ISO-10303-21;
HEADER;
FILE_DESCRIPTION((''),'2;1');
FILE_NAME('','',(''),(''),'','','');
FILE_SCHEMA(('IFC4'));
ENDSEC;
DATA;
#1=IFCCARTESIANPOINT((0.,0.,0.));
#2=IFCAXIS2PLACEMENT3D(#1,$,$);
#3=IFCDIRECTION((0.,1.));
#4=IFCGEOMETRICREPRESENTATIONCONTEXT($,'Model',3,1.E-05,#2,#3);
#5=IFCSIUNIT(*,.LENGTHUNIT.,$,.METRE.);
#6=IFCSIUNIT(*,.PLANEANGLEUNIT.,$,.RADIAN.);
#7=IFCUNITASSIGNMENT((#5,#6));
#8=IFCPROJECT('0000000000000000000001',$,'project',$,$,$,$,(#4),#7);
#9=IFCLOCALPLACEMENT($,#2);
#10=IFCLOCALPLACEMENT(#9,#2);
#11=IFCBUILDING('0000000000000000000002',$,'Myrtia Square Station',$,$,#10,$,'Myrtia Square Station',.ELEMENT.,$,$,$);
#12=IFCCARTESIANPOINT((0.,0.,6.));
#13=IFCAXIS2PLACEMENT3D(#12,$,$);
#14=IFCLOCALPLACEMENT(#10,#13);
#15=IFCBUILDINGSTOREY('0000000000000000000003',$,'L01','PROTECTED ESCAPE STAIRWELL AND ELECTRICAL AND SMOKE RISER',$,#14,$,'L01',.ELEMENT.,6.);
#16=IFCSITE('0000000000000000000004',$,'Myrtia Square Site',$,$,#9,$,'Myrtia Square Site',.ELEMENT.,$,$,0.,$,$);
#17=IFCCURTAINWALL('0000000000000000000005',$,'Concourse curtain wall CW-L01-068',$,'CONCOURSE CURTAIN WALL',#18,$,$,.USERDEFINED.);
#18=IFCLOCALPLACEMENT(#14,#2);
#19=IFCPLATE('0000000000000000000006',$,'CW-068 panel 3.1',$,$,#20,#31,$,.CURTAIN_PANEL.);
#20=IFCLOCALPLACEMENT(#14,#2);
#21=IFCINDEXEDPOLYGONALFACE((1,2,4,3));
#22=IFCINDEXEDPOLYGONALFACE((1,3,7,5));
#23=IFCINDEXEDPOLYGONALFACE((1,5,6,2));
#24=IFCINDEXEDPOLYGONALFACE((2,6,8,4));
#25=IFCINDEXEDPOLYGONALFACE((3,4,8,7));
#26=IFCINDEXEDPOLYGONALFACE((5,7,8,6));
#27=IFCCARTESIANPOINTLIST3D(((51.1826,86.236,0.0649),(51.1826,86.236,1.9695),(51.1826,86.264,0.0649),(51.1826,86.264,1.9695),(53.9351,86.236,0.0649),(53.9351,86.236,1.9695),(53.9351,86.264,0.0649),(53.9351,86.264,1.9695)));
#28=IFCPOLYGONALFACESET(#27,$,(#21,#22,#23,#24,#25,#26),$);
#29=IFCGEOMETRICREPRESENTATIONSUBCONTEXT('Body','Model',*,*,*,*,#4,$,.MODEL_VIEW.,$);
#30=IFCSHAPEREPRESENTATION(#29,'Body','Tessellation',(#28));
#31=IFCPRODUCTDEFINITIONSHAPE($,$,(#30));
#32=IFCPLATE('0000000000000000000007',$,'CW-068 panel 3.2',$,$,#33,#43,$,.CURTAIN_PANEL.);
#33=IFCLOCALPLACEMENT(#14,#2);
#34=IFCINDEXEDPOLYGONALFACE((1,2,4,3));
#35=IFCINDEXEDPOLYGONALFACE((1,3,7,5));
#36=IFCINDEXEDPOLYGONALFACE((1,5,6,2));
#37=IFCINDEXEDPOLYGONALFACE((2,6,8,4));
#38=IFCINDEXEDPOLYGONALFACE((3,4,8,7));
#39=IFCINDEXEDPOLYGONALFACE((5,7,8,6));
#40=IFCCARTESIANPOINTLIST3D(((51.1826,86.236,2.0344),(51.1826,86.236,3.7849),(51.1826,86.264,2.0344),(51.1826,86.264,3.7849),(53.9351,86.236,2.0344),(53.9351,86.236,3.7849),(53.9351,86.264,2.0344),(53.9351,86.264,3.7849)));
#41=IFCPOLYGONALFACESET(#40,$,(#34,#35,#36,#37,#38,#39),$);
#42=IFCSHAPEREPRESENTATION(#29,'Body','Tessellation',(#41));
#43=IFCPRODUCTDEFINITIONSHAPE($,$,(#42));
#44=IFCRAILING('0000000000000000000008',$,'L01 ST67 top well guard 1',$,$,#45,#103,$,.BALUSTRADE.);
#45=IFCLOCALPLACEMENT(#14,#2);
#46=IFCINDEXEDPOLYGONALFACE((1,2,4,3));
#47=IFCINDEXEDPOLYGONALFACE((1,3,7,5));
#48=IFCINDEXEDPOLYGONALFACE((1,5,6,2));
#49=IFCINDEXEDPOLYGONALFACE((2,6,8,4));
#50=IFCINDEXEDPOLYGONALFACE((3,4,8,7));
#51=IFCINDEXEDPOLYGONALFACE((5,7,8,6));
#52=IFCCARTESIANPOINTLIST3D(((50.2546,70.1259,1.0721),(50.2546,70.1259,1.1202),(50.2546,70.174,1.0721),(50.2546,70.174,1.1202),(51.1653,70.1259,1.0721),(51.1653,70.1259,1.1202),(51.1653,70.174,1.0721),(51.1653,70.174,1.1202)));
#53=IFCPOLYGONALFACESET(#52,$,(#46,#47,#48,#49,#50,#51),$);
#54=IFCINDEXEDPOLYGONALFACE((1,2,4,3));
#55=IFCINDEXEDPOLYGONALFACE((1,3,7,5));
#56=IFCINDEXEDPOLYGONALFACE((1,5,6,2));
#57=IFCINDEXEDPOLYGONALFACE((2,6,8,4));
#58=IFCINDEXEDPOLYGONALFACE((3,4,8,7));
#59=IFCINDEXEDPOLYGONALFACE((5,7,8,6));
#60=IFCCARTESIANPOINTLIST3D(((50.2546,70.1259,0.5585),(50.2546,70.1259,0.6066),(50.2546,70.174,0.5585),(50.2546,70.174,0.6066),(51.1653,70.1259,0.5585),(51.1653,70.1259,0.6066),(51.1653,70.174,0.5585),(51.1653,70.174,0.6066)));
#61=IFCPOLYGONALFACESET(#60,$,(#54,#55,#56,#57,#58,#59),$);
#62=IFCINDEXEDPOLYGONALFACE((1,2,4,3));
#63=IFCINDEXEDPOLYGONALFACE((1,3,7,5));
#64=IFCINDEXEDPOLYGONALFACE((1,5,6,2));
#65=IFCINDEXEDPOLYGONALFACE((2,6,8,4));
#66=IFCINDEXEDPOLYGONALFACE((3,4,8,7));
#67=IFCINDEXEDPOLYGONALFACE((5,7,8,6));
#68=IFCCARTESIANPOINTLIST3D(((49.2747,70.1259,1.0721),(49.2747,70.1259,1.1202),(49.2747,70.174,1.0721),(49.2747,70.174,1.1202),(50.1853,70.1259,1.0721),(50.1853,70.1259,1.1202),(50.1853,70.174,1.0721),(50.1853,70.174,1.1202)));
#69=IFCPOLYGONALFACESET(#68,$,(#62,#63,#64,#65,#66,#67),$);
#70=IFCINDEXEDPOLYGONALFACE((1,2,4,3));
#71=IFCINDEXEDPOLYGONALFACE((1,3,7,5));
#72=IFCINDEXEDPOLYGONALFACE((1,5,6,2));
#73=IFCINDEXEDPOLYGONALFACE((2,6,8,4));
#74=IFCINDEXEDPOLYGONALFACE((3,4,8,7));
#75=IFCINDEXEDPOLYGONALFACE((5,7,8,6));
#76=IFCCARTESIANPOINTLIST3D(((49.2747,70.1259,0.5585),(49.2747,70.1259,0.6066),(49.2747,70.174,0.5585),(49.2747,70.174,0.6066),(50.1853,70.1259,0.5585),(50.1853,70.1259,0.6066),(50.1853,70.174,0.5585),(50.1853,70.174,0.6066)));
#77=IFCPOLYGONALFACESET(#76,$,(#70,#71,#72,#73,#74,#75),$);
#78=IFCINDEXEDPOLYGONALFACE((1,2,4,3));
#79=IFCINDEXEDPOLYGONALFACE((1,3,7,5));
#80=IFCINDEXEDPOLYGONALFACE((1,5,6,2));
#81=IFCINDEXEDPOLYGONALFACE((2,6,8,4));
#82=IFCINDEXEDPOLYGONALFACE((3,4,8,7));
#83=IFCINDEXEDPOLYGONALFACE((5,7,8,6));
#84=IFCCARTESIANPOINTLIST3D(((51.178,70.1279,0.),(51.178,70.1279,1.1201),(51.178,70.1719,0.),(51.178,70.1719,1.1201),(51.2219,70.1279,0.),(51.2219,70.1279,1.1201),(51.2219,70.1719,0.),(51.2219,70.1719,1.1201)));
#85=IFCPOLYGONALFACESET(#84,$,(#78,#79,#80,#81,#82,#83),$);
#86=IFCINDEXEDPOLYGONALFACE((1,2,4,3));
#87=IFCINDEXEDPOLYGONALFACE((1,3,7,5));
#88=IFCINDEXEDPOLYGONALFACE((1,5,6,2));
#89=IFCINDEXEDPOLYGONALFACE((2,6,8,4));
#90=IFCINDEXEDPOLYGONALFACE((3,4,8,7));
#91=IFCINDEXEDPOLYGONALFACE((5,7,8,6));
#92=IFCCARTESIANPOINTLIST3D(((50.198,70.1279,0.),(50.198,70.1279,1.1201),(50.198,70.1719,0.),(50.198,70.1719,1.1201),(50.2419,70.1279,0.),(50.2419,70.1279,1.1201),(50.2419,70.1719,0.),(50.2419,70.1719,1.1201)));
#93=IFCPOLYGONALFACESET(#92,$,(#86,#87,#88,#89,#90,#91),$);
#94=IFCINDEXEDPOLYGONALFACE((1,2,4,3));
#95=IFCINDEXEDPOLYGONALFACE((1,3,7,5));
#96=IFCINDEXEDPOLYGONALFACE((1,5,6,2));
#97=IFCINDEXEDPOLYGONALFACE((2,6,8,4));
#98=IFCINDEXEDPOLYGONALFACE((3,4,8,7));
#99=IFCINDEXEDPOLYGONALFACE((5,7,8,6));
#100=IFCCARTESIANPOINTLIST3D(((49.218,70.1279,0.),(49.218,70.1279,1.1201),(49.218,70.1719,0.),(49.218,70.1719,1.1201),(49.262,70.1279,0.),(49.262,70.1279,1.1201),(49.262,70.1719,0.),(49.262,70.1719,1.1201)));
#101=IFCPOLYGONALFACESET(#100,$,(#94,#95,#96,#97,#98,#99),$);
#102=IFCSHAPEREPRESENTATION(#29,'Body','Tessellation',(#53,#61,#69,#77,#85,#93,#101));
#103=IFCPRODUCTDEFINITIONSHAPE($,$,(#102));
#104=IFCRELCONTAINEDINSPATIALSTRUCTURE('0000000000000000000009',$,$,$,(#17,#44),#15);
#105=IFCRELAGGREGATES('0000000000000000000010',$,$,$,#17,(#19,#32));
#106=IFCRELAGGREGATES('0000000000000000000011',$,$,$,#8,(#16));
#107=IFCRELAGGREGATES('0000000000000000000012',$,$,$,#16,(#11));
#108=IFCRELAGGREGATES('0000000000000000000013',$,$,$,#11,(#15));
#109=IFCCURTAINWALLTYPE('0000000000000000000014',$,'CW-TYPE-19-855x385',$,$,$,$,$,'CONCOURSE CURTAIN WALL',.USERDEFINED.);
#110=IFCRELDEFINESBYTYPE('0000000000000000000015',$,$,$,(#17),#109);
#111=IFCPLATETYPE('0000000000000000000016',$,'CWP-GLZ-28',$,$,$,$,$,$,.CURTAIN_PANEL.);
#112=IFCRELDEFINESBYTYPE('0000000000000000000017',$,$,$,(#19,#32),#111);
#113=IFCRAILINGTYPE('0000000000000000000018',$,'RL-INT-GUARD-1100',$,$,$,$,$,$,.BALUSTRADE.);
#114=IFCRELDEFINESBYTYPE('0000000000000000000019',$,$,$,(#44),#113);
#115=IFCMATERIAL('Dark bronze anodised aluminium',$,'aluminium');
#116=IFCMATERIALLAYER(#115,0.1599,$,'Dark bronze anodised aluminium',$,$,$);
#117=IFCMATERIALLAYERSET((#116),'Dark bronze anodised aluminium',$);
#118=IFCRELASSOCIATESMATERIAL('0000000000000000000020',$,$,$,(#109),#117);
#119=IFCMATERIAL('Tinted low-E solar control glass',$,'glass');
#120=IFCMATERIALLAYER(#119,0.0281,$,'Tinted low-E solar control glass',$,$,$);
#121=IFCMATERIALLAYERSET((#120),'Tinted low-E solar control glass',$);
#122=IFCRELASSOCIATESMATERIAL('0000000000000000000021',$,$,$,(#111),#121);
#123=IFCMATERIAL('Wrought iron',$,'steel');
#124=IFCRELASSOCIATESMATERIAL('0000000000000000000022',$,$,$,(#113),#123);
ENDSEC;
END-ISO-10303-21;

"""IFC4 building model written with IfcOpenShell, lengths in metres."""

from ifc_helpers import new_model, si_unit, direction, frame, origin, origin_2d, place, context, subcontext, project, spatial, rectangle, extrude, material, layer, layer_set, type_object, element, aggregate, save


model = new_model("IFC4")

# Units and contexts
model_context = context("Model", 3, precision=1e-05, world=origin(), true_north=direction((0.0, 1.0)))
body_context = subcontext(model_context, "Body", "Model", "MODEL_VIEW")
ifc_project = project(units=[si_unit("LENGTHUNIT", "METRE"), si_unit("PLANEANGLEUNIT", "RADIAN")], contexts=[model_context])

# Site, building, storey
site_placement = place(None, origin())
site = spatial("IfcSite", under=ifc_project, at=site_placement, Name="Myrtia Square Site", LongName="Myrtia Square Site", CompositionType="ELEMENT", RefElevation=0.0)
building_placement = place(site_placement, origin())
building = spatial("IfcBuilding", under=site, at=building_placement, Name="Myrtia Square Station", LongName="Myrtia Square Station", CompositionType="ELEMENT")
storey_placement = place(building_placement, frame((0.0, 0.0, 6.0)))
storey = spatial("IfcBuildingStorey", under=building, at=storey_placement, Name="L01", Description="PROTECTED ESCAPE STAIRWELL AND ELECTRICAL AND SMOKE RISER", LongName="L01", CompositionType="ELEMENT", Elevation=6.0)

# Curtain wall, plates
ifc_material_1 = material(Name="Dark bronze anodised aluminium", Category="aluminium")
ifc_layer_1 = layer(ifc_material_1, 0.1599, Name="Dark bronze anodised aluminium")
ifc_layer_set_1 = layer_set([ifc_layer_1], Name="Dark bronze anodised aluminium")
curtain_wall_type = type_object("IfcCurtainWallType", Name="CW-TYPE-19-855x385", ElementType="CONCOURSE CURTAIN WALL", PredefinedType="USERDEFINED", material=ifc_layer_set_1)
curtain_wall_placement = place(storey_placement, origin())
curtain_wall = element("IfcCurtainWall", 1, at=curtain_wall_placement, inside=storey, type_object=curtain_wall_type, Name="Concourse curtain wall CW-L01-068", ObjectType="CONCOURSE CURTAIN WALL", PredefinedType="USERDEFINED")
ifc_material_2 = material(Name="Tinted low-E solar control glass", Category="glass")
ifc_layer_2 = layer(ifc_material_2, 0.0281, Name="Tinted low-E solar control glass")
ifc_layer_set_2 = layer_set([ifc_layer_2], Name="Tinted low-E solar control glass")
plate_type = type_object("IfcPlateType", Name="CWP-GLZ-28", PredefinedType="CURTAIN_PANEL", material=ifc_layer_set_2)
plate_1_placement = place(storey_placement, frame((52.5588, 86.25, 0.0649), z_axis=(0.0, 0.0, 1.0), x_axis=(1.0, 0.0, 0.0)))
plate_1 = element("IfcPlate", 2, at=plate_1_placement, type_object=plate_type, Name="CW-068 panel 3.1", PredefinedType="CURTAIN_PANEL", context=body_context, shape_type="SweptSolid", body=[
    extrude(rectangle(XDim=2.7524, YDim=0.0281, at=origin_2d()), origin(), (0.0, 0.0, 1.0), 1.9045),
])
plate_2_placement = place(storey_placement, frame((52.5588, 86.25, 2.0344), z_axis=(0.0, 0.0, 1.0), x_axis=(1.0, 0.0, 0.0)))
plate_2 = element("IfcPlate", 3, at=plate_2_placement, type_object=plate_type, Name="CW-068 panel 3.2", PredefinedType="CURTAIN_PANEL", context=body_context, shape_type="SweptSolid", body=[
    extrude(rectangle(XDim=2.7524, YDim=0.0281, at=origin_2d()), origin(), (0.0, 0.0, 1.0), 1.7505),
])
aggregate(curtain_wall, [plate_1, plate_2])

# Railing
ifc_material_3 = material(Name="Wrought iron", Category="steel")
railing_type = type_object("IfcRailingType", Name="RL-INT-GUARD-1100", PredefinedType="BALUSTRADE", material=ifc_material_3)
railing_1_placement = place(storey_placement, frame((51.2, 70.1499, 0.0)))
element("IfcRailing", 4, at=railing_1_placement, inside=storey, type_object=railing_type, Name="L01 ST67 top well guard 1", PredefinedType="BALUSTRADE", context=body_context, shape_type="SweptSolid", body=[
    extrude(rectangle(XDim=0.0481, YDim=0.0481, at=origin_2d()), frame((-0.0347, 0.0, 1.0962), z_axis=(-1.0, 0.0, 0.0), x_axis=(0.0, -1.0, 0.0)), (0.0, 0.0, 1.0), 0.9106),
    extrude(rectangle(XDim=0.0481, YDim=0.0481, at=origin_2d()), frame((-0.0347, 0.0, 0.5825), z_axis=(-1.0, 0.0, 0.0), x_axis=(0.0, -1.0, 0.0)), (0.0, 0.0, 1.0), 0.9106),
    extrude(rectangle(XDim=0.0481, YDim=0.0481, at=origin_2d()), frame((-1.0146, 0.0, 1.0962), z_axis=(-1.0, 0.0, 0.0), x_axis=(0.0, -1.0, 0.0)), (0.0, 0.0, 1.0), 0.9106),
    extrude(rectangle(XDim=0.0481, YDim=0.0481, at=origin_2d()), frame((-1.0146, 0.0, 0.5825), z_axis=(-1.0, 0.0, 0.0), x_axis=(0.0, -1.0, 0.0)), (0.0, 0.0, 1.0), 0.9106),
    extrude(rectangle(XDim=0.0439, YDim=0.0439, at=origin_2d()), origin(), (0.0, 0.0, 1.0), 1.1201),
    extrude(rectangle(XDim=0.0439, YDim=0.0439, at=origin_2d()), frame((-0.98, 0.0, 0.0)), (0.0, 0.0, 1.0), 1.1201),
    extrude(rectangle(XDim=0.0439, YDim=0.0439, at=origin_2d()), frame((-1.96, 0.0, 0.0)), (0.0, 0.0, 1.0), 1.1201),
])

save(model, "model.ifc")
